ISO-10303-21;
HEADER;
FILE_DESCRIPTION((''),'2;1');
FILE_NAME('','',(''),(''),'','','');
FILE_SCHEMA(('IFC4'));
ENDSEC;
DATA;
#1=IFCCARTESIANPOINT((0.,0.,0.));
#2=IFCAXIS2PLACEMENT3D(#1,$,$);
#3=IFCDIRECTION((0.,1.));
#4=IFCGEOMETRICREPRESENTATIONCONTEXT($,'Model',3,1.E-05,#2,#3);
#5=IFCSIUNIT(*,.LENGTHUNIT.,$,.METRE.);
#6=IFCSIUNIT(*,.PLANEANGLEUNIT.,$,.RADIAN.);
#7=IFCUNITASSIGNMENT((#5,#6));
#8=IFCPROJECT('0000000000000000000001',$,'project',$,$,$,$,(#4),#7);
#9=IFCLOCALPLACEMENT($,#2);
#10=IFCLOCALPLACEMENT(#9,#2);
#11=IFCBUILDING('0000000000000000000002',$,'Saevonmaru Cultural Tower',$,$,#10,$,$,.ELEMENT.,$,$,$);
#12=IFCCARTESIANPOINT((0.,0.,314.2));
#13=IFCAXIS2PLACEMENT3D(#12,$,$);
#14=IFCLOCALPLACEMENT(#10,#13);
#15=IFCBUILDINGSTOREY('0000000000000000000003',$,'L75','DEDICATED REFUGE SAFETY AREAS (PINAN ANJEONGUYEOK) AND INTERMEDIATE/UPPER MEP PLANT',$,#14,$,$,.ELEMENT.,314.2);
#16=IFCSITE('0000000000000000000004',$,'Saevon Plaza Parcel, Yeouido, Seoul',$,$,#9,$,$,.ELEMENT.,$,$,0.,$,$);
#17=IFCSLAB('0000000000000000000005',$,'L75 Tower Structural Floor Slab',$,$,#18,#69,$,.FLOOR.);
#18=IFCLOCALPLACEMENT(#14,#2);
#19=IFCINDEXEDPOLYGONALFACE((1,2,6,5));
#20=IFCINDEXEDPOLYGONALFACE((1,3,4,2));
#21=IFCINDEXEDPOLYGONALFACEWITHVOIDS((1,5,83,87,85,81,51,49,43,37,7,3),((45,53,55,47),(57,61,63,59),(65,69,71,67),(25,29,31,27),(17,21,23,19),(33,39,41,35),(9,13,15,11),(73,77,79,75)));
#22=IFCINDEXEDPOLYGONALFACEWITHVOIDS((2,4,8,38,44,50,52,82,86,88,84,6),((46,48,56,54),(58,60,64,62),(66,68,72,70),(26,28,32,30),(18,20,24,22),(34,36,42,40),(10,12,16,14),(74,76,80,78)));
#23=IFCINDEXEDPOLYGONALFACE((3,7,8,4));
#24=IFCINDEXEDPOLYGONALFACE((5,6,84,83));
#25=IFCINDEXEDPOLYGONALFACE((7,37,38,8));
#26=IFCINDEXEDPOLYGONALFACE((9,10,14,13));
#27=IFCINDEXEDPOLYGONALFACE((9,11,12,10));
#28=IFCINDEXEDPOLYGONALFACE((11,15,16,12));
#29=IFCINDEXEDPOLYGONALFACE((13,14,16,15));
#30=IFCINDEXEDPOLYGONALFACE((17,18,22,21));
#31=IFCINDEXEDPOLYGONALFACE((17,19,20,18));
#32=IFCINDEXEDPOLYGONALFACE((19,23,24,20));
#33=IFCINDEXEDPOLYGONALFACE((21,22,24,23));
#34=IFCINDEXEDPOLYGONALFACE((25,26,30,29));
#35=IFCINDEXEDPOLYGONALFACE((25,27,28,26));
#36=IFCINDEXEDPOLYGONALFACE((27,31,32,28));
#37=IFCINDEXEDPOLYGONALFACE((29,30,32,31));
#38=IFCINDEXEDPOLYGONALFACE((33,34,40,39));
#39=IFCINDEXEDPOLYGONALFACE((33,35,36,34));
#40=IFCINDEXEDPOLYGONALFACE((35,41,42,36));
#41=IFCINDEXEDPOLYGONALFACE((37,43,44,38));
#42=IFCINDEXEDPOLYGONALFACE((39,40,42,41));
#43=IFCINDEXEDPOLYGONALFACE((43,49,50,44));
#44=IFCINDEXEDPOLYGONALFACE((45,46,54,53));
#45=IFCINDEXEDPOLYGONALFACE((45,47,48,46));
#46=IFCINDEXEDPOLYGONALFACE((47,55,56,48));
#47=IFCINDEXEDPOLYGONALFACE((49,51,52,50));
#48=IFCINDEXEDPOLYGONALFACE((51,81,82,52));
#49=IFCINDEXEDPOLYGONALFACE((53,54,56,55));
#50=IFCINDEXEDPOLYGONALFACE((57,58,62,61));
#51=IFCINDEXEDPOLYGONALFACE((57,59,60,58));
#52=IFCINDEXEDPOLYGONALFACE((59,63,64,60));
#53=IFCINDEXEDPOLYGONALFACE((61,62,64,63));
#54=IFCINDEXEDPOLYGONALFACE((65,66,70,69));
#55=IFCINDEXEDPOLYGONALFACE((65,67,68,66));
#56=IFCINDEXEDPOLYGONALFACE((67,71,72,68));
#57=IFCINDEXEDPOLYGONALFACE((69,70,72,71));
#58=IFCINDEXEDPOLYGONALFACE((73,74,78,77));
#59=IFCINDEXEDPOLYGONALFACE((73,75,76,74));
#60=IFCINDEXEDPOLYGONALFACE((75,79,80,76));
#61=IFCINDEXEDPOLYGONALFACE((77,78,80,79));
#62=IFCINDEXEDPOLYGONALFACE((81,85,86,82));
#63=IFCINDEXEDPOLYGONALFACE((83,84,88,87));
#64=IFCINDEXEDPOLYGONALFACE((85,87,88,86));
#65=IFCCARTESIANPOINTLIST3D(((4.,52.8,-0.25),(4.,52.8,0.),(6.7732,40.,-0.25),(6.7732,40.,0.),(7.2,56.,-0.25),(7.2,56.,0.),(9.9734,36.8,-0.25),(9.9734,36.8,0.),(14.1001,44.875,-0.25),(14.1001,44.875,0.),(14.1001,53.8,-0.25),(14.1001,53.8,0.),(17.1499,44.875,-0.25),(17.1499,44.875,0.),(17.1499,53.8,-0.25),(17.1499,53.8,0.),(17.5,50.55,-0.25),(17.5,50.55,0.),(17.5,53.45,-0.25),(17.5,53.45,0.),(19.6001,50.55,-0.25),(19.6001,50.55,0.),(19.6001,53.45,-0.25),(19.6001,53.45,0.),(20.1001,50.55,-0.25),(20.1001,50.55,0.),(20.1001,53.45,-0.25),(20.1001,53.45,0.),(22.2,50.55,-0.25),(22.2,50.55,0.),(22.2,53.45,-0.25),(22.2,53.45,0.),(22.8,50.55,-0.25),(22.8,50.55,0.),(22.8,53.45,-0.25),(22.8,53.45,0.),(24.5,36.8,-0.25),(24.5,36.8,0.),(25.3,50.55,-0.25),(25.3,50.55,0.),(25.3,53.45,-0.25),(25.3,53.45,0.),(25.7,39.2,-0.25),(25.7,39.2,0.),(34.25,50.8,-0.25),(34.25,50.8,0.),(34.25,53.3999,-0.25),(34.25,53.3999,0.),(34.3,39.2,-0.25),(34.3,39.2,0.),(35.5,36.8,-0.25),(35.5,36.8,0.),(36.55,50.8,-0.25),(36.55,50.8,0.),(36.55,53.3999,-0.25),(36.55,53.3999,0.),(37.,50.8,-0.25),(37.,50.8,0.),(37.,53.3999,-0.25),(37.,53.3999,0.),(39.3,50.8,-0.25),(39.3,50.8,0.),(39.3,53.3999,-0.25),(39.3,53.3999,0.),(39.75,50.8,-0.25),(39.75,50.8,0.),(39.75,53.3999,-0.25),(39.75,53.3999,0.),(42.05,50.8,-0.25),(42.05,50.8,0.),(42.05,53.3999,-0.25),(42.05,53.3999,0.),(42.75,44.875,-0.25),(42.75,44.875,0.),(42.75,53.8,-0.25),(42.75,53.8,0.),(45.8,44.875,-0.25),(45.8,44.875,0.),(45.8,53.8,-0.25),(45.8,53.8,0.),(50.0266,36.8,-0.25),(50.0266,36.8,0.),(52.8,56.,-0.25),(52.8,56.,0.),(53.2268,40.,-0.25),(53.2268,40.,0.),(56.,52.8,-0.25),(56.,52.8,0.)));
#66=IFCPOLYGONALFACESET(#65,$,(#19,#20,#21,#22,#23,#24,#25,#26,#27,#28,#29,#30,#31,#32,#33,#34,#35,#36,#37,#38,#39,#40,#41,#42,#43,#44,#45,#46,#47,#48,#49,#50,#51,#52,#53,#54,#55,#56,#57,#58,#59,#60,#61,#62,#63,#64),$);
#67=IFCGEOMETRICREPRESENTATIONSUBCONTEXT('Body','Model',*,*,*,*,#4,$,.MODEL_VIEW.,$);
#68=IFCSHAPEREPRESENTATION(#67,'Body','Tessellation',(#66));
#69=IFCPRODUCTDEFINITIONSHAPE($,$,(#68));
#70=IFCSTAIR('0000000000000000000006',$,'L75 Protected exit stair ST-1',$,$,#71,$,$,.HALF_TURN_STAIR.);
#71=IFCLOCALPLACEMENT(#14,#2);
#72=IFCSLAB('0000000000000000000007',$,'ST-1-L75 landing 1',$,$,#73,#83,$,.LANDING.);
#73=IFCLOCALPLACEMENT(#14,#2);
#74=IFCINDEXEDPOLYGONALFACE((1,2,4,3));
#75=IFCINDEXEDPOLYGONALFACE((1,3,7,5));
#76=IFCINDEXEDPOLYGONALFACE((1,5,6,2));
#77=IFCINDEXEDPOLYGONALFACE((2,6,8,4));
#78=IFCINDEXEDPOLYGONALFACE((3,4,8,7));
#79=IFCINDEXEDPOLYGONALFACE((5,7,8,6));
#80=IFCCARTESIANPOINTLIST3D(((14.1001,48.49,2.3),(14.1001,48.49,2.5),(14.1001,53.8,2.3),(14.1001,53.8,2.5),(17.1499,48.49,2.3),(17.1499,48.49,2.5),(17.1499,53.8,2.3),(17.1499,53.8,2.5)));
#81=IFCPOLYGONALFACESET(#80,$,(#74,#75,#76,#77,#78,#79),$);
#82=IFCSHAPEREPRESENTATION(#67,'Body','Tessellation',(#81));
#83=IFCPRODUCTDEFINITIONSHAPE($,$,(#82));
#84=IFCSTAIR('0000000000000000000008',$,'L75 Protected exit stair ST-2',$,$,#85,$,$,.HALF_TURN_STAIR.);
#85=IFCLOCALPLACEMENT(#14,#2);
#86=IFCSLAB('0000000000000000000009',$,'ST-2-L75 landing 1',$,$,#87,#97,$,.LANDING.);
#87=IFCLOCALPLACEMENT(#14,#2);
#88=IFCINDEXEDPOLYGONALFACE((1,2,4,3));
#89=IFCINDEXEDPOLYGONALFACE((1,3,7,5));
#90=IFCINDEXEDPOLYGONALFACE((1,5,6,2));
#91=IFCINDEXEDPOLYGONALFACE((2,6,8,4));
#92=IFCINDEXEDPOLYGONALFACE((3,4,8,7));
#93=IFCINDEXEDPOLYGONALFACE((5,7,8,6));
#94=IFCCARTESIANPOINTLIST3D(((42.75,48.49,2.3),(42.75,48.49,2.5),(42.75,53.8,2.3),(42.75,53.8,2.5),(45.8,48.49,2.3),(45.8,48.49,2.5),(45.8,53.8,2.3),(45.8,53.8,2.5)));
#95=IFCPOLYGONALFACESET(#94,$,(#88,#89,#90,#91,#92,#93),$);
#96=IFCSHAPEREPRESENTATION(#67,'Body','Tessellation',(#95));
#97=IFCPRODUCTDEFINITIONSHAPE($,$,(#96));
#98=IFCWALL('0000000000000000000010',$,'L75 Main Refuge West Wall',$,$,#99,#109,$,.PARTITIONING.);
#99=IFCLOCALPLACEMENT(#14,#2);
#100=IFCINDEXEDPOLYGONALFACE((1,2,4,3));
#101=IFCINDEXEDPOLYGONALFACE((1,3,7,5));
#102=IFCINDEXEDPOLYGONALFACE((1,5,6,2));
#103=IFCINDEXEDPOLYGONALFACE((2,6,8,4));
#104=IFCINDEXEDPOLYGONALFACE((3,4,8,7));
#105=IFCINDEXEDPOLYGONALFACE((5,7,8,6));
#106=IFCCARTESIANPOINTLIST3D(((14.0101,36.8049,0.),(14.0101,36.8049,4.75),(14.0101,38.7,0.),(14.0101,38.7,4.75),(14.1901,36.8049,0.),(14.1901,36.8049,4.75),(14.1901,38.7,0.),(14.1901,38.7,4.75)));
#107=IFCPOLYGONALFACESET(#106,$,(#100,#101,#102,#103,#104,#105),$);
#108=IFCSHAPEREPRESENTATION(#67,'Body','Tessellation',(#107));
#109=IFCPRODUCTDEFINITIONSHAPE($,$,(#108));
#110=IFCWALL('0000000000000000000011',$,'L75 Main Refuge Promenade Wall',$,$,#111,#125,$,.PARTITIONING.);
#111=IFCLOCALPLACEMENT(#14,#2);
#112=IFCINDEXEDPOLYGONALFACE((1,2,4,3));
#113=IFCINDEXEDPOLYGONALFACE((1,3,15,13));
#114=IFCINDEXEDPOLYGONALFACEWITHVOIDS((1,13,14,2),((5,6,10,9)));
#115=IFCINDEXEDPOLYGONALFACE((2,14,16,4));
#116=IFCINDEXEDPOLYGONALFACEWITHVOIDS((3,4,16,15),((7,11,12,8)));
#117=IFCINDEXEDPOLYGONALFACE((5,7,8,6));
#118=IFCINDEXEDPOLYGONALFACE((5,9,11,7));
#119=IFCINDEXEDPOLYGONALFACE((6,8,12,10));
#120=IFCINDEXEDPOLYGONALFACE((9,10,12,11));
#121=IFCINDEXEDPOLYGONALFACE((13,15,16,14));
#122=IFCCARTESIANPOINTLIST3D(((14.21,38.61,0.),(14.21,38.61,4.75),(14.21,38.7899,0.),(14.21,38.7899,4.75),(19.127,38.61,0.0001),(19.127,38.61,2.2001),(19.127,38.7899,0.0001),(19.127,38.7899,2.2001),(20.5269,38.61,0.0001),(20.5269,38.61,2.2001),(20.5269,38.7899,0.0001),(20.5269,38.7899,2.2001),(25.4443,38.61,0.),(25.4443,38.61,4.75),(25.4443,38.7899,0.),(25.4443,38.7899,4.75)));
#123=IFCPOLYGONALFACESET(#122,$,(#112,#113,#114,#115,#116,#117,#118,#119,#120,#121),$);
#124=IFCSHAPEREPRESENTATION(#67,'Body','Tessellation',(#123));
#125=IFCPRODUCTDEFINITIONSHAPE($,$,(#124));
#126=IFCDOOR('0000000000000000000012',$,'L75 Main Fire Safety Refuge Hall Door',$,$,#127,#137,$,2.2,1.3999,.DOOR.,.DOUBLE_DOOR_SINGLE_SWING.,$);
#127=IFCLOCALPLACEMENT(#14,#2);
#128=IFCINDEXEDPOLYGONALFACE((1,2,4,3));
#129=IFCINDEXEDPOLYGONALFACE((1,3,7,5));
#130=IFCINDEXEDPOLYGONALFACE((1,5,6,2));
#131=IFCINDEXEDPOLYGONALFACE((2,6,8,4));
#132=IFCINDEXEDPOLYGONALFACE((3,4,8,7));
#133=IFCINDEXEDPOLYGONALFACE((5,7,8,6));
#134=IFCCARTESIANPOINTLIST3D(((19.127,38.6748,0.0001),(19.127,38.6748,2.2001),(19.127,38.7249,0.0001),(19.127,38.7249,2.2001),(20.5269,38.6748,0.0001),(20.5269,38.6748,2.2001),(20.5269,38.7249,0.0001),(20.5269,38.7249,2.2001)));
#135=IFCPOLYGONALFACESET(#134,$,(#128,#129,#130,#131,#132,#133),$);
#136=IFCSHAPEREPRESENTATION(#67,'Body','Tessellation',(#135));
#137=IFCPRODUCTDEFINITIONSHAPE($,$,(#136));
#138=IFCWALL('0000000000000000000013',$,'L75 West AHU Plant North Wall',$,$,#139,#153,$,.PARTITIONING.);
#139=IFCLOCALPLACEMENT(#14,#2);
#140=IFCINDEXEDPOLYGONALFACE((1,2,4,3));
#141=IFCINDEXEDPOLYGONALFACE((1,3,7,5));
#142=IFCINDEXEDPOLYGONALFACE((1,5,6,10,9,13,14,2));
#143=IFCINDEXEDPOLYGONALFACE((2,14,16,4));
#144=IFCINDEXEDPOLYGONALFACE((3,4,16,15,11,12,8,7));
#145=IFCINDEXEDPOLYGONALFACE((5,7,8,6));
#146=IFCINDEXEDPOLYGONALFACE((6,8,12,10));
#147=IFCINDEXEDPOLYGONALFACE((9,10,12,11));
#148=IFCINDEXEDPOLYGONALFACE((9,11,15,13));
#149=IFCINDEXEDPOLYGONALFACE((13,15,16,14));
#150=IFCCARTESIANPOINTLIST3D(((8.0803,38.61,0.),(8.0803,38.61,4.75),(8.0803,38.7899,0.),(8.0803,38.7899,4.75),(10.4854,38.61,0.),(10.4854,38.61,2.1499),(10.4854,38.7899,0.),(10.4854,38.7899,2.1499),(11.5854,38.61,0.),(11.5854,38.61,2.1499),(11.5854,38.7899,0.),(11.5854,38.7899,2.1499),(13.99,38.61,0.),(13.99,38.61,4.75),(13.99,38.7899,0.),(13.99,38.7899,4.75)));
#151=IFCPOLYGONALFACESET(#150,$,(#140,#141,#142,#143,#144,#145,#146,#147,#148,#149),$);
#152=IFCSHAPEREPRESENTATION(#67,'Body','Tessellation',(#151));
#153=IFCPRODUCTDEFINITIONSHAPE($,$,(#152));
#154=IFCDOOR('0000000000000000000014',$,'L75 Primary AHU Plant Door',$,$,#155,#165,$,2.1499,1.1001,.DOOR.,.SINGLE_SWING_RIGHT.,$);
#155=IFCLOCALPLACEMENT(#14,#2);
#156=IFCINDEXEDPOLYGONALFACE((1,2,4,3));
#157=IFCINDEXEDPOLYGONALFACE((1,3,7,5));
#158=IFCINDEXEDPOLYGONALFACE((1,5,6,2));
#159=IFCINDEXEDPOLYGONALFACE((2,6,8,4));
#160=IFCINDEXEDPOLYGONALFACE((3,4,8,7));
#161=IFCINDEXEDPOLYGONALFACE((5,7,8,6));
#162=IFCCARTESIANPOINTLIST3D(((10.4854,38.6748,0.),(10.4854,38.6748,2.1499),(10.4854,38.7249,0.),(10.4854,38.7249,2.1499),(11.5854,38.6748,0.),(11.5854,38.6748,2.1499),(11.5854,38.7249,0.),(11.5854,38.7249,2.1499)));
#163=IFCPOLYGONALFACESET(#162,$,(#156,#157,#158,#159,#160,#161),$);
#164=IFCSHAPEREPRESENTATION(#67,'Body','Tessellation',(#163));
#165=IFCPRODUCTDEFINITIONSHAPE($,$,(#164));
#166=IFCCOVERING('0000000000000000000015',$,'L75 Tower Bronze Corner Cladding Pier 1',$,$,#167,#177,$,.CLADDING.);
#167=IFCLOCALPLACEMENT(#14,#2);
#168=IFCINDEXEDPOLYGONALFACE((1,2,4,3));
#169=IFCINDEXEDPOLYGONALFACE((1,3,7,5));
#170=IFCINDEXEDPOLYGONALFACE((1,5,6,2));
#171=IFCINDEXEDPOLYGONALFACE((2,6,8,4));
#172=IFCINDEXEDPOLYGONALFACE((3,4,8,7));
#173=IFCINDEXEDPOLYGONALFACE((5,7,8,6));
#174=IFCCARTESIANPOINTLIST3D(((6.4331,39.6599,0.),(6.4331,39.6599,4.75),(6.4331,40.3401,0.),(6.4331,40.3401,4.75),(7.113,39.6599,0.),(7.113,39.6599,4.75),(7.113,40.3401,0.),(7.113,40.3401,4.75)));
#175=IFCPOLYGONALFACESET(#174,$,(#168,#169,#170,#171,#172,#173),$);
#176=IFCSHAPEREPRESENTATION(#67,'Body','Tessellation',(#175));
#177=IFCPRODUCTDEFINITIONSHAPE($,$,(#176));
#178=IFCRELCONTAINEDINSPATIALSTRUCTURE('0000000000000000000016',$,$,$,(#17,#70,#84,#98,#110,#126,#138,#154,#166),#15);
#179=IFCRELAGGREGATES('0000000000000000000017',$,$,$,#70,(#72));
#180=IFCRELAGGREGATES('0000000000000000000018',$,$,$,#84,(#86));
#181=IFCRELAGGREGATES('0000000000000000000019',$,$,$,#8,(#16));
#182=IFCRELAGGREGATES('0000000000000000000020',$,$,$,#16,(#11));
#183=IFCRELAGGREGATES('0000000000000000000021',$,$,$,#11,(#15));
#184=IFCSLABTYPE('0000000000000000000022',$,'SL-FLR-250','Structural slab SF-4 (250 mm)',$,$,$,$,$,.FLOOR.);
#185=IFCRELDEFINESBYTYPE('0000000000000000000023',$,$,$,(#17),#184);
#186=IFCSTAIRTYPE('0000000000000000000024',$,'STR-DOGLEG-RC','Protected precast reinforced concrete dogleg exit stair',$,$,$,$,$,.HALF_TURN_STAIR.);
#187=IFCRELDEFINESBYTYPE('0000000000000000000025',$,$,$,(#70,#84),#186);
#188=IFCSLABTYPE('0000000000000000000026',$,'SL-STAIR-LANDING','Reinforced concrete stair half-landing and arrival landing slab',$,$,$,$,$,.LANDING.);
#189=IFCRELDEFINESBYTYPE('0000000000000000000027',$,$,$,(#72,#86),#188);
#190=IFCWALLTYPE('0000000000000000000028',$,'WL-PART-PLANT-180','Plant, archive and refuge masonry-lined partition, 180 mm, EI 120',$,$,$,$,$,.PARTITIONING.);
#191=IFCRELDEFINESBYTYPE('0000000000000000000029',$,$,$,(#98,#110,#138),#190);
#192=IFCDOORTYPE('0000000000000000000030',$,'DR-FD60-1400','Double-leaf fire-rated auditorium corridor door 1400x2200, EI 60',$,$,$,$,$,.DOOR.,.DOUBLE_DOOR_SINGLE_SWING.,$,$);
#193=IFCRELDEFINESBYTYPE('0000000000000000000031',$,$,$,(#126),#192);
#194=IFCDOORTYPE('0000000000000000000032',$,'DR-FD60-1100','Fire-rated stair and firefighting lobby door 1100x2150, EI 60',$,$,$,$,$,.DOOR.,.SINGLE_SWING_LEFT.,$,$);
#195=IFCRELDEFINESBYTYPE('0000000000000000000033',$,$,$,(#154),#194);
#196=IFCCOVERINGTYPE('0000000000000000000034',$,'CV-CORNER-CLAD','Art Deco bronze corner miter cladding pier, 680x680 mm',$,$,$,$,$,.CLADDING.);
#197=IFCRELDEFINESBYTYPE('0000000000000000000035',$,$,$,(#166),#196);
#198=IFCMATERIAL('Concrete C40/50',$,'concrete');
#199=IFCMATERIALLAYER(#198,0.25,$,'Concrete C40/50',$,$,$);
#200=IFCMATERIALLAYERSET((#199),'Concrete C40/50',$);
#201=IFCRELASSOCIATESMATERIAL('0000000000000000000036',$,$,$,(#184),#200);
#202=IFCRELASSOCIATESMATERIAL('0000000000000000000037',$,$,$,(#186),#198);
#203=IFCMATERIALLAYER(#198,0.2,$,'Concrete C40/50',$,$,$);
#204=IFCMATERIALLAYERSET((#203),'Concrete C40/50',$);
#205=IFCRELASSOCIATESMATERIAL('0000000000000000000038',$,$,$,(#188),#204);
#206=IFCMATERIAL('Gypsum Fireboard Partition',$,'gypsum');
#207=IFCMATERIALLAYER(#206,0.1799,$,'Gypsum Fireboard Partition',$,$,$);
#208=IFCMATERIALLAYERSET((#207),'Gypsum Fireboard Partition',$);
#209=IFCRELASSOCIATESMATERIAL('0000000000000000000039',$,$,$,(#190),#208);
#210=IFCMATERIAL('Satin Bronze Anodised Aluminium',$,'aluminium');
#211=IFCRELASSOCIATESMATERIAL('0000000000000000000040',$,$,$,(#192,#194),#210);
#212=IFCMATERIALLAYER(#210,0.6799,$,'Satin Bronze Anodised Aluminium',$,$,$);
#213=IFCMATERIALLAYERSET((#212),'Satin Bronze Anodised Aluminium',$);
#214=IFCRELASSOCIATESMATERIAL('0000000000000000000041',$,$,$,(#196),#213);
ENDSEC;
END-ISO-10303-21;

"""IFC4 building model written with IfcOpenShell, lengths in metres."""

from ifc_helpers import new_model, si_unit, direction, frame, frame_2d, origin, place, context, subcontext, project, spatial, polyline, rectangle, outline, extrude, material, layer, layer_set, type_object, element, fill, aggregate, save


model = new_model("IFC4")

# Units and contexts
model_context = context("Model", 3, precision=1e-05, world=origin(), true_north=direction((0.0, 1.0)))
body_context = subcontext(model_context, "Body", "Model", "MODEL_VIEW")
ifc_project = project(units=[si_unit("LENGTHUNIT", "METRE"), si_unit("PLANEANGLEUNIT", "RADIAN")], contexts=[model_context])

# Site, building, storey
site_placement = place(None, origin())
site = spatial("IfcSite", under=ifc_project, at=site_placement, Name="Saevon Plaza Parcel, Yeouido, Seoul", CompositionType="ELEMENT", RefElevation=0.0)
building_placement = place(site_placement, origin())
building = spatial("IfcBuilding", under=site, at=building_placement, Name="Saevonmaru Cultural Tower", CompositionType="ELEMENT")
storey_placement = place(building_placement, frame((0.0, 0.0, 314.2)))
storey = spatial("IfcBuildingStorey", under=building, at=storey_placement, Name="L75", Description="DEDICATED REFUGE SAFETY AREAS (PINAN ANJEONGUYEOK) AND INTERMEDIATE/UPPER MEP PLANT", CompositionType="ELEMENT", Elevation=314.2)

# Shared definitions
ifc_material_1 = material(Name="Satin Bronze Anodised Aluminium", Category="aluminium")

# Slab
ifc_material_2 = material(Name="Concrete C40/50", Category="concrete")
ifc_layer_1 = layer(ifc_material_2, 0.25, Name="Concrete C40/50")
ifc_layer_set_1 = layer_set([ifc_layer_1], Name="Concrete C40/50")
slab_type_1 = type_object("IfcSlabType", Name="SL-FLR-250", Description="Structural slab SF-4 (250 mm)", PredefinedType="FLOOR", material=ifc_layer_set_1)
slab_1_placement = place(storey_placement, frame((0.0, 0.0, -0.25)))
element("IfcSlab", 1, at=slab_1_placement, inside=storey, type_object=slab_type_1, Name="L75 Tower Structural Floor Slab", PredefinedType="FLOOR", context=body_context, shape_type="SweptSolid", body=[
    extrude(outline(polyline([(6.7732, 40.0), (9.9734, 36.8), (24.5, 36.8), (25.7, 39.2), (34.3, 39.2), (35.5, 36.8), (50.0266, 36.8), (53.2268, 40.0), (56.0, 52.8), (52.8, 56.0), (7.2, 56.0), (4.0, 52.8), (6.7732, 40.0)]), holes=[polyline([(45.8, 53.8), (45.8, 44.875), (42.75, 44.875), (42.75, 53.8), (45.8, 53.8)]), polyline([(42.05, 50.8), (39.75, 50.8), (39.75, 53.3999), (42.05, 53.3999), (42.05, 50.8)]), polyline([(39.3, 50.8), (37.0, 50.8), (37.0, 53.3999), (39.3, 53.3999), (39.3, 50.8)]), polyline([(36.55, 50.8), (34.25, 50.8), (34.25, 53.3999), (36.55, 53.3999), (36.55, 50.8)]), polyline([(25.3, 50.55), (22.8, 50.55), (22.8, 53.45), (25.3, 53.45), (25.3, 50.55)]), polyline([(22.2, 50.55), (20.1001, 50.55), (20.1001, 53.45), (22.2, 53.45), (22.2, 50.55)]), polyline([(19.6001, 50.55), (17.5, 50.55), (17.5, 53.45), (19.6001, 53.45), (19.6001, 50.55)]), polyline([(17.1499, 53.8), (17.1499, 44.875), (14.1001, 44.875), (14.1001, 53.8), (17.1499, 53.8)])]), origin(), (0.0, 0.0, 1.0), 0.25),
])

# Stairs, slabs
stair_type = type_object("IfcStairType", Name="STR-DOGLEG-RC", Description="Protected precast reinforced concrete dogleg exit stair", PredefinedType="HALF_TURN_STAIR", material=ifc_material_2)
stair_1_placement = place(storey_placement, origin())
stair_1 = element("IfcStair", 2, at=stair_1_placement, inside=storey, type_object=stair_type, Name="L75 Protected exit stair ST-1", PredefinedType="HALF_TURN_STAIR")
ifc_layer_2 = layer(ifc_material_2, 0.2, Name="Concrete C40/50")
ifc_layer_set_2 = layer_set([ifc_layer_2], Name="Concrete C40/50")
slab_type_2 = type_object("IfcSlabType", Name="SL-STAIR-LANDING", Description="Reinforced concrete stair half-landing and arrival landing slab", PredefinedType="LANDING", material=ifc_layer_set_2)
slab_2_placement = place(storey_placement, frame((0.0, 0.0, 2.3)))
slab_2 = element("IfcSlab", 3, at=slab_2_placement, type_object=slab_type_2, Name="ST-1-L75 landing 1", PredefinedType="LANDING", context=body_context, shape_type="SweptSolid", body=[
    extrude(outline(polyline([(17.1499, 48.49), (17.1499, 53.8), (14.1001, 53.8), (14.1001, 48.49), (17.1499, 48.49)])), origin(), (0.0, 0.0, 1.0), 0.2),
])
aggregate(stair_1, [slab_2])
stair_2_placement = place(storey_placement, origin())
stair_2 = element("IfcStair", 4, at=stair_2_placement, inside=storey, type_object=stair_type, Name="L75 Protected exit stair ST-2", PredefinedType="HALF_TURN_STAIR")
slab_3_placement = place(storey_placement, frame((0.0, 0.0, 2.3)))
slab_3 = element("IfcSlab", 5, at=slab_3_placement, type_object=slab_type_2, Name="ST-2-L75 landing 1", PredefinedType="LANDING", context=body_context, shape_type="SweptSolid", body=[
    extrude(outline(polyline([(45.8, 48.49), (45.8, 53.8), (42.75, 53.8), (42.75, 48.49), (45.8, 48.49)])), origin(), (0.0, 0.0, 1.0), 0.2),
])
aggregate(stair_2, [slab_3])

# Wall
ifc_material_3 = material(Name="Gypsum Fireboard Partition", Category="gypsum")
ifc_layer_3 = layer(ifc_material_3, 0.1799, Name="Gypsum Fireboard Partition")
ifc_layer_set_3 = layer_set([ifc_layer_3], Name="Gypsum Fireboard Partition")
wall_type = type_object("IfcWallType", Name="WL-PART-PLANT-180", Description="Plant, archive and refuge masonry-lined partition, 180 mm, EI 120", PredefinedType="PARTITIONING", material=ifc_layer_set_3)
wall_1_placement = place(storey_placement, frame((14.1001, 36.8049, 0.0), z_axis=(0.0, 0.0, 1.0), x_axis=(0.0, 1.0, 0.0)))
element("IfcWall", 6, at=wall_1_placement, inside=storey, type_object=wall_type, Name="L75 Main Refuge West Wall", PredefinedType="PARTITIONING", context=body_context, shape_type="SweptSolid", body=[
    extrude(rectangle(XDim=1.895, YDim=0.1799, at=frame_2d((0.9475, 0.0))), origin(), (0.0, 0.0, 1.0), 4.75),
])

# Walls, openings, doors
wall_2_placement = place(storey_placement, frame((14.21, 38.7, 0.0), z_axis=(0.0, 0.0, 1.0), x_axis=(1.0, 0.0, 0.0)))
wall_2 = element("IfcWall", 7, at=wall_2_placement, inside=storey, type_object=wall_type, Name="L75 Main Refuge Promenade Wall", PredefinedType="PARTITIONING", context=body_context, shape_type="SweptSolid", body=[
    extrude(rectangle(XDim=11.2344, YDim=0.1799, at=frame_2d((5.6172, 0.0))), origin(), (0.0, 0.0, 1.0), 4.75),
])
opening_1_placement = place(wall_2_placement, frame((4.917, 0.0, 0.0)))
opening_1 = element("IfcOpeningElement", 8, at=opening_1_placement, cuts=wall_2, PredefinedType="OPENING", context=body_context, shape_type="SweptSolid", body=[
    extrude(rectangle(XDim=1.3999, YDim=2.2, at=frame_2d((0.7, 1.1001))), frame((0.0, 0.1001, 0.0), z_axis=(0.0, -1.0, 0.0), x_axis=(1.0, 0.0, 0.0)), (0.0, 0.0, 1.0), 0.2),
])
door_type_1 = type_object("IfcDoorType", Name="DR-FD60-1400", Description="Double-leaf fire-rated auditorium corridor door 1400x2200, EI 60", OperationType="DOUBLE_DOOR_SINGLE_SWING", PredefinedType="DOOR", material=ifc_material_1)
door_1_placement = place(opening_1_placement, origin())
door_1 = element("IfcDoor", 9, at=door_1_placement, inside=storey, type_object=door_type_1, Name="L75 Main Fire Safety Refuge Hall Door", OperationType="DOUBLE_DOOR_SINGLE_SWING", OverallHeight=2.2, OverallWidth=1.3999, PredefinedType="DOOR", context=body_context, shape_type="SweptSolid", body=[
    extrude(rectangle(XDim=1.3999, YDim=2.2, at=frame_2d((0.7, 1.1001))), frame((0.0, 0.0249, 0.0), z_axis=(0.0, -1.0, 0.0), x_axis=(1.0, 0.0, 0.0)), (0.0, 0.0, 1.0), 0.05),
])
fill(opening_1, door_1)
wall_3_placement = place(storey_placement, frame((8.0803, 38.7, 0.0), z_axis=(0.0, 0.0, 1.0), x_axis=(1.0, 0.0, 0.0)))
wall_3 = element("IfcWall", 10, at=wall_3_placement, inside=storey, type_object=wall_type, Name="L75 West AHU Plant North Wall", PredefinedType="PARTITIONING", context=body_context, shape_type="SweptSolid", body=[
    extrude(rectangle(XDim=5.9097, YDim=0.1799, at=frame_2d((2.9548, 0.0))), origin(), (0.0, 0.0, 1.0), 4.75),
])
opening_2_placement = place(wall_3_placement, frame((2.405, 0.0, 0.0)))
opening_2 = element("IfcOpeningElement", 11, at=opening_2_placement, cuts=wall_3, PredefinedType="OPENING", context=body_context, shape_type="SweptSolid", body=[
    extrude(rectangle(XDim=1.1001, YDim=2.1499, at=frame_2d((0.55, 1.075))), frame((0.0, 0.1001, 0.0), z_axis=(0.0, -1.0, 0.0), x_axis=(1.0, 0.0, 0.0)), (0.0, 0.0, 1.0), 0.2),
])
door_type_2 = type_object("IfcDoorType", Name="DR-FD60-1100", Description="Fire-rated stair and firefighting lobby door 1100x2150, EI 60", OperationType="SINGLE_SWING_LEFT", PredefinedType="DOOR", material=ifc_material_1)
door_2_placement = place(opening_2_placement, origin())
door_2 = element("IfcDoor", 12, at=door_2_placement, inside=storey, type_object=door_type_2, Name="L75 Primary AHU Plant Door", OperationType="SINGLE_SWING_RIGHT", OverallHeight=2.1499, OverallWidth=1.1001, PredefinedType="DOOR", context=body_context, shape_type="SweptSolid", body=[
    extrude(rectangle(XDim=1.1001, YDim=2.1499, at=frame_2d((0.55, 1.075))), frame((0.0, 0.0249, 0.0), z_axis=(0.0, -1.0, 0.0), x_axis=(1.0, 0.0, 0.0)), (0.0, 0.0, 1.0), 0.05),
])
fill(opening_2, door_2)

# Covering
ifc_layer_4 = layer(ifc_material_1, 0.6799, Name="Satin Bronze Anodised Aluminium")
ifc_layer_set_4 = layer_set([ifc_layer_4], Name="Satin Bronze Anodised Aluminium")
covering_type = type_object("IfcCoveringType", Name="CV-CORNER-CLAD", Description="Art Deco bronze corner miter cladding pier, 680x680 mm", PredefinedType="CLADDING", material=ifc_layer_set_4)
covering_1_placement = place(storey_placement, origin())
element("IfcCovering", 13, at=covering_1_placement, inside=storey, type_object=covering_type, Name="L75 Tower Bronze Corner Cladding Pier 1", PredefinedType="CLADDING", context=body_context, shape_type="SweptSolid", body=[
    extrude(outline(polyline([(6.4331, 39.6599), (7.113, 39.6599), (7.113, 40.3401), (6.4331, 40.3401), (6.4331, 39.6599)])), origin(), (0.0, 0.0, 1.0), 4.75),
])

save(model, "model.ifc")
